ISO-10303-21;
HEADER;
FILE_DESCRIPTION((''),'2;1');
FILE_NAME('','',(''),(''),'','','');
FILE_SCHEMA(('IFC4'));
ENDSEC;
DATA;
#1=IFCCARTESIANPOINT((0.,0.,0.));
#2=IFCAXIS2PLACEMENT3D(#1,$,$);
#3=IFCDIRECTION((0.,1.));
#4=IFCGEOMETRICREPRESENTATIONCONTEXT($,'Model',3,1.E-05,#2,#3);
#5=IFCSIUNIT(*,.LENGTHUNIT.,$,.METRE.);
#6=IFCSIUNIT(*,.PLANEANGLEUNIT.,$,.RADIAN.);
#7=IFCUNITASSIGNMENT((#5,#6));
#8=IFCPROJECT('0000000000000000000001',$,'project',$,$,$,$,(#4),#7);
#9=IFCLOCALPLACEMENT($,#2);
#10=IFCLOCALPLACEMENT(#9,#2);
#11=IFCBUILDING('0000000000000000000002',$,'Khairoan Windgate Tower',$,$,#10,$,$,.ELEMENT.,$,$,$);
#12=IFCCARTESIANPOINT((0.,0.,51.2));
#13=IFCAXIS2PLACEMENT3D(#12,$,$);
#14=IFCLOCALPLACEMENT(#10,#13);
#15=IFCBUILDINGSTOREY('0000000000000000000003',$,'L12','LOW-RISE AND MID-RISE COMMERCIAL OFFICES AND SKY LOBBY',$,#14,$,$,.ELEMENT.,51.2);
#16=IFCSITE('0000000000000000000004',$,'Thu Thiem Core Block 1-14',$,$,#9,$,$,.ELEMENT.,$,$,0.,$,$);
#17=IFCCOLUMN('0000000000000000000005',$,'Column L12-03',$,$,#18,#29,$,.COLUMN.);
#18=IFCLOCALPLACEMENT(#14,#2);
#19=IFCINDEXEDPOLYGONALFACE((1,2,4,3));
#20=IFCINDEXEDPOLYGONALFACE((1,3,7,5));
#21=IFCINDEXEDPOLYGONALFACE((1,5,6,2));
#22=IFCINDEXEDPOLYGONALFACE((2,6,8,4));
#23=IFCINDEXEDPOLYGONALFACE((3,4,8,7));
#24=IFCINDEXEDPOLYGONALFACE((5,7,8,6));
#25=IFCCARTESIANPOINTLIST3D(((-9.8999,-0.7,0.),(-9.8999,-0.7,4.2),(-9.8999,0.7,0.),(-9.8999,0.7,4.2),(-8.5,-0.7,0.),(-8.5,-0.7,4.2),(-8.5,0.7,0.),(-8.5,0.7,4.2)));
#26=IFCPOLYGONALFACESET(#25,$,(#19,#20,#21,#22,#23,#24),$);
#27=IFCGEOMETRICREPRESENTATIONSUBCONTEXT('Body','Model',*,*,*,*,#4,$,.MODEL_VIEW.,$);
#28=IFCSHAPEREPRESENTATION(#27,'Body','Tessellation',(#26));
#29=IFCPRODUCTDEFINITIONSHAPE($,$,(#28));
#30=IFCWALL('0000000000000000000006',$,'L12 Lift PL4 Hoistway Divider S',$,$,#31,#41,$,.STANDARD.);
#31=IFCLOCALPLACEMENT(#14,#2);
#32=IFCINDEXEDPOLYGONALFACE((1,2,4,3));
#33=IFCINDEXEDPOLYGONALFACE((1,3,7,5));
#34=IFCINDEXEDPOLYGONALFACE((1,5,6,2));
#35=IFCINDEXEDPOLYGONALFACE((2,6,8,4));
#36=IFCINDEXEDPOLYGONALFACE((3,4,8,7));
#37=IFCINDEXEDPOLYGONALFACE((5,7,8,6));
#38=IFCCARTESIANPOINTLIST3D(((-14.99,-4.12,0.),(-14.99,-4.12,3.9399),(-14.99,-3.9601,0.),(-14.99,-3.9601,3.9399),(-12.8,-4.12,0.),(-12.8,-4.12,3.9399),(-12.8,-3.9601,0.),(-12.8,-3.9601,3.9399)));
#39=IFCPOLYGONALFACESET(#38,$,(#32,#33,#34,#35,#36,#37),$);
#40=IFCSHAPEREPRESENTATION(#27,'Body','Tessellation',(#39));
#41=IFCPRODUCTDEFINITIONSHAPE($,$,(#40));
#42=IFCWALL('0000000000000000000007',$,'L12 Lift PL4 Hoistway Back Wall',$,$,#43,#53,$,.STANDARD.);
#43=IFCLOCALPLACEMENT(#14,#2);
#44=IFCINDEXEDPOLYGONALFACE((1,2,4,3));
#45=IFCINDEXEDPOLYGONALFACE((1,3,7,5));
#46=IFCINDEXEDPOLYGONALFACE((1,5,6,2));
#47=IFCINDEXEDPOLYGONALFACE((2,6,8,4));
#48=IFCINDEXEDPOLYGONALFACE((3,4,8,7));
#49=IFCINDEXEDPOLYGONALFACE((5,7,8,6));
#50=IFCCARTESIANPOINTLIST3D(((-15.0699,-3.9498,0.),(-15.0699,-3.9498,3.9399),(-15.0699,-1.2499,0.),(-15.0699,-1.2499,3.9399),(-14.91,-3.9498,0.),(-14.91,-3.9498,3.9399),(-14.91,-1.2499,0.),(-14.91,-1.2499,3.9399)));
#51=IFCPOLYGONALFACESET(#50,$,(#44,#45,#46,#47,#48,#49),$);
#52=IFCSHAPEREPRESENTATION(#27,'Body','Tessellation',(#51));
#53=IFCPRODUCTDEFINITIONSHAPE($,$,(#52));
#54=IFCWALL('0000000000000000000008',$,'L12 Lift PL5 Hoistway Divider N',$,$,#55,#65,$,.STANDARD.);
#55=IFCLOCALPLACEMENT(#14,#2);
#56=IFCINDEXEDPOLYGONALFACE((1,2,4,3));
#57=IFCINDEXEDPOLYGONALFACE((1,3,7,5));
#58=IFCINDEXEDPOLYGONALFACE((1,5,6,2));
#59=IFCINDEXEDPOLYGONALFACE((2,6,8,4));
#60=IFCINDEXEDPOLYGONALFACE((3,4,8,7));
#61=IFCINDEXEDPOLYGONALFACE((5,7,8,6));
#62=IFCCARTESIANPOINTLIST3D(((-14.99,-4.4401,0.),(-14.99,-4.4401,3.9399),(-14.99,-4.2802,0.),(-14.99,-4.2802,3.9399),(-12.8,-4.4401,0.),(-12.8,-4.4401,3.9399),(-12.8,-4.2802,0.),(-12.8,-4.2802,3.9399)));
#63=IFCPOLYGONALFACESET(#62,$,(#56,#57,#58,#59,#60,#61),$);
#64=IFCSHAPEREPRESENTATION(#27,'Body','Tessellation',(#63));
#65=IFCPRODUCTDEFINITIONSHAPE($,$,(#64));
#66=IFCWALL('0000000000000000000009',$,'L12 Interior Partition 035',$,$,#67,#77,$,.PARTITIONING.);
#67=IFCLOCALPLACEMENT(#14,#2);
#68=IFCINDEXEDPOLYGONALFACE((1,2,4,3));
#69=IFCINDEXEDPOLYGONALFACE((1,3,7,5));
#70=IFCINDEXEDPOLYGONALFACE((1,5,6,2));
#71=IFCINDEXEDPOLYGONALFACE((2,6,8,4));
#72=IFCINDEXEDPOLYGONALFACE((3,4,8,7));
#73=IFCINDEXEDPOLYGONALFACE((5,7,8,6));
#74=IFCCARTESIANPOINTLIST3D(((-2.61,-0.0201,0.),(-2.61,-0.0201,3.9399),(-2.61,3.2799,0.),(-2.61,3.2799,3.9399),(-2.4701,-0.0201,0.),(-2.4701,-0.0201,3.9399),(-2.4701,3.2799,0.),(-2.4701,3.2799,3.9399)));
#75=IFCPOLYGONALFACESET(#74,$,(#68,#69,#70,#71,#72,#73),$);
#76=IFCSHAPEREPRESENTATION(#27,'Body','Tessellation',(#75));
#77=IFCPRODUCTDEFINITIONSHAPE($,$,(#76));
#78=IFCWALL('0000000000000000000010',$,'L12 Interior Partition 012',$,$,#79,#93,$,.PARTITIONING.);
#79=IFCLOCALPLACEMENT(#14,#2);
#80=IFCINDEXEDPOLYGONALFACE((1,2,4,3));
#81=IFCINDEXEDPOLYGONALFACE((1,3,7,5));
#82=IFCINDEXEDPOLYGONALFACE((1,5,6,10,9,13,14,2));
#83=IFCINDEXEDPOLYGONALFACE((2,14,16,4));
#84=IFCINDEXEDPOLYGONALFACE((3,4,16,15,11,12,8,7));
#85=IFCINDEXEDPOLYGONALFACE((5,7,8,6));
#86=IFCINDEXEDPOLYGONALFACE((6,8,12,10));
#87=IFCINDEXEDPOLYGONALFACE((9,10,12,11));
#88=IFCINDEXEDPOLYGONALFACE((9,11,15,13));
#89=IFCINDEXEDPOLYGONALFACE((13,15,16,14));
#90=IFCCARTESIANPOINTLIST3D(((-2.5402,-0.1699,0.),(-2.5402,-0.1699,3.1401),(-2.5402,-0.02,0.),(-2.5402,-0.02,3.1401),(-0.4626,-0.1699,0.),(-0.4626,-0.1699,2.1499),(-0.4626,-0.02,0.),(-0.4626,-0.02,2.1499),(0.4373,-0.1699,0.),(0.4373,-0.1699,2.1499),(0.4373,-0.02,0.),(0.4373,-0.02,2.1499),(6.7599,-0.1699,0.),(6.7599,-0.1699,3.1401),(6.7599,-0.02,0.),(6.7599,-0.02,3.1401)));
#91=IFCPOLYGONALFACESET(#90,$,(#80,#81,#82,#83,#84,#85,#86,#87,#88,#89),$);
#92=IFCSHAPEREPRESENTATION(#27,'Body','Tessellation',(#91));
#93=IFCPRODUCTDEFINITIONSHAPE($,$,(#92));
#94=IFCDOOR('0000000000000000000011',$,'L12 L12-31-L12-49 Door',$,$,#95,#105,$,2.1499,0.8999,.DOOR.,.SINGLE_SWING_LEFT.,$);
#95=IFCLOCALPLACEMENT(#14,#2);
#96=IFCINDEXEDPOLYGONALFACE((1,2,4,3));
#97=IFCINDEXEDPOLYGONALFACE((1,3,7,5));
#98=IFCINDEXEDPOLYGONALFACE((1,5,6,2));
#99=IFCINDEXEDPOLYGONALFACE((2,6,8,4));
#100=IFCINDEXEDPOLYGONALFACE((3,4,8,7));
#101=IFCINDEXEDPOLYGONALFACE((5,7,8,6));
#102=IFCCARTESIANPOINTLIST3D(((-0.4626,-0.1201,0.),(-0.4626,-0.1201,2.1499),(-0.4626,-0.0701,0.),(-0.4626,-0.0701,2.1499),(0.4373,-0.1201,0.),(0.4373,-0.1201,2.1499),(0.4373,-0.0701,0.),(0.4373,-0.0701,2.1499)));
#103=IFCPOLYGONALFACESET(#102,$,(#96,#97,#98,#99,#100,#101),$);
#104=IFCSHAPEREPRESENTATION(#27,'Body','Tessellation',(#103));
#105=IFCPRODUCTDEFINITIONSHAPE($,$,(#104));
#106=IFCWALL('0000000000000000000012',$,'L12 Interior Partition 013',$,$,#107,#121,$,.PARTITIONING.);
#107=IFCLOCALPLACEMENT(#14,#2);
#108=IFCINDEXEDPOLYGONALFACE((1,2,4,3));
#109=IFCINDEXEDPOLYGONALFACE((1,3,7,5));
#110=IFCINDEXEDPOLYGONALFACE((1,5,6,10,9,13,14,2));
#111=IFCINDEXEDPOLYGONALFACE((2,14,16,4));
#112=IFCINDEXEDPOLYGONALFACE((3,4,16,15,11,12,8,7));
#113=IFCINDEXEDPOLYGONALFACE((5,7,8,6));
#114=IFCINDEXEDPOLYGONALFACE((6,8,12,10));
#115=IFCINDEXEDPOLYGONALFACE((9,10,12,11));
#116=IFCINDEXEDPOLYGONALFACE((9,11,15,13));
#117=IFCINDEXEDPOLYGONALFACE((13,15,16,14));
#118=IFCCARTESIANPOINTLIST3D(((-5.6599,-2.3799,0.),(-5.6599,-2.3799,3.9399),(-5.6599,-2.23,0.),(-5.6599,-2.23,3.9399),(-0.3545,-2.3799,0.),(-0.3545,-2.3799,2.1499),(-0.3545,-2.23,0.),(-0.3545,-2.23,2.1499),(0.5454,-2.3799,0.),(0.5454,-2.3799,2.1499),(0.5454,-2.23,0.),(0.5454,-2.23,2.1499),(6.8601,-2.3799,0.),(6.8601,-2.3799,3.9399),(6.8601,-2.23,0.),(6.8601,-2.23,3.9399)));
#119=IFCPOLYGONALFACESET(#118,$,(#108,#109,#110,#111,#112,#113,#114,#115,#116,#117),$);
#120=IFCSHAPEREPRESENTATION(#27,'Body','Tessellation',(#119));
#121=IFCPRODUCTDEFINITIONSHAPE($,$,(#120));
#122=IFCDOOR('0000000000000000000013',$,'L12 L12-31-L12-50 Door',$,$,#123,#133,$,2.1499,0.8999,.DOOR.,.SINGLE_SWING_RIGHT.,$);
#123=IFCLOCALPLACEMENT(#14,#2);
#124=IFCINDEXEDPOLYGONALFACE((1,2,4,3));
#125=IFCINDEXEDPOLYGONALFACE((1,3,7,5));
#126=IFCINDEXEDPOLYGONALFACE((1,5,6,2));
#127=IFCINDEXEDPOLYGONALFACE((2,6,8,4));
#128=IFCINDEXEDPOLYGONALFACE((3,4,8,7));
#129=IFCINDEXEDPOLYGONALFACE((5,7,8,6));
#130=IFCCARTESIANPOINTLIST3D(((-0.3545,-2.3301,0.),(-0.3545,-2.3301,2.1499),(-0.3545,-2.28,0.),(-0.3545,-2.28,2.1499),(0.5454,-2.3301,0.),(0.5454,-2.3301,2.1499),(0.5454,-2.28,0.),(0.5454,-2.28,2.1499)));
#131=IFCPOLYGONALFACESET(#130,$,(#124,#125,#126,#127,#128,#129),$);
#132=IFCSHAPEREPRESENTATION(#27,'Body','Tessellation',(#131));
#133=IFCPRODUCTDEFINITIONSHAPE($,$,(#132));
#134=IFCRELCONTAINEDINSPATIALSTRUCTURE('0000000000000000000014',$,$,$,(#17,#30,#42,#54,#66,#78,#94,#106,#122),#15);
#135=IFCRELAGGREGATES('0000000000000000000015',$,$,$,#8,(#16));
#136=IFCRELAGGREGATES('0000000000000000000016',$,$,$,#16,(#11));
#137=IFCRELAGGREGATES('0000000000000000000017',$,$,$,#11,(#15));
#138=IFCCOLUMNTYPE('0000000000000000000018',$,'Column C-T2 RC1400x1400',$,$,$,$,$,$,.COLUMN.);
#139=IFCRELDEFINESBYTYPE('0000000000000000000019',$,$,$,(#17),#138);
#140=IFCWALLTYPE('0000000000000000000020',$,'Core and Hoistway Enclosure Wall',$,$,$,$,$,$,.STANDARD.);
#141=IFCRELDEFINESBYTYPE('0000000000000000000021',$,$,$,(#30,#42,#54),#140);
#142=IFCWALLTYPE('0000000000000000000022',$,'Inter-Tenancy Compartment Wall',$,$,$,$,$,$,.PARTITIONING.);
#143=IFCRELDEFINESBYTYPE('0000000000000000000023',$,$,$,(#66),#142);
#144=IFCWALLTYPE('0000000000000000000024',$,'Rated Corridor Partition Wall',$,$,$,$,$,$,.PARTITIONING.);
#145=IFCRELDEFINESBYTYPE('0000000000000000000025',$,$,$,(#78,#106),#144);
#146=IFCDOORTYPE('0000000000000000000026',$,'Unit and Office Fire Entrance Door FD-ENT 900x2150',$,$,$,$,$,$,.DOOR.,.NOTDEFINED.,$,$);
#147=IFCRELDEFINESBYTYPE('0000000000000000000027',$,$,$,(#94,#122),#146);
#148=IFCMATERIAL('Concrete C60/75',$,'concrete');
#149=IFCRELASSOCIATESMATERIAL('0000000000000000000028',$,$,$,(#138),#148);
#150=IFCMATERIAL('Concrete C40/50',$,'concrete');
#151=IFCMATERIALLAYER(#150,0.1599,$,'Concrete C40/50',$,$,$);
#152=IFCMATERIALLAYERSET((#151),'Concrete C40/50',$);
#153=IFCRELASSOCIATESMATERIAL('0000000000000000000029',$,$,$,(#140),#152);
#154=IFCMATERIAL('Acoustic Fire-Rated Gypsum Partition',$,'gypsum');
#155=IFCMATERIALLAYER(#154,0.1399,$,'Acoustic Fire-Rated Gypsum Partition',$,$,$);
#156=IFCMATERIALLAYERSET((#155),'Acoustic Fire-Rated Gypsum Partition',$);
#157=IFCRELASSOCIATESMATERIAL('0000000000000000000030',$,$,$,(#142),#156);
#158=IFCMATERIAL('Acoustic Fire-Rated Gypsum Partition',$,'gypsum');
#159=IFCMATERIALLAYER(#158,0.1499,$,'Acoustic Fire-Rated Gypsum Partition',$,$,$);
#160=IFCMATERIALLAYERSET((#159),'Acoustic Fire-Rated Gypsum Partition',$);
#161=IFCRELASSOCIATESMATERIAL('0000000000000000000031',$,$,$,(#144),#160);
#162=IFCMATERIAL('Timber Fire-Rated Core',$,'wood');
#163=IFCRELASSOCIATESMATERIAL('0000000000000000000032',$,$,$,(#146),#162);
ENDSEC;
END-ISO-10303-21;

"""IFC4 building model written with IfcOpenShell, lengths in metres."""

from ifc_helpers import new_model, si_unit, direction, frame, frame_2d, origin, origin_2d, place, context, subcontext, project, spatial, rectangle, extrude, material, layer, layer_set, material_profile, profile_set, type_object, element, fill, save


model = new_model("IFC4")

# Units and contexts
model_context = context("Model", 3, precision=1e-05, world=origin(), true_north=direction((0.0, 1.0)))
body_context = subcontext(model_context, "Body", "Model", "MODEL_VIEW")
ifc_project = project(units=[si_unit("LENGTHUNIT", "METRE"), si_unit("PLANEANGLEUNIT", "RADIAN")], contexts=[model_context])

# Site, building, storey
site_placement = place(None, origin())
site = spatial("IfcSite", under=ifc_project, at=site_placement, Name="Thu Thiem Core Block 1-14", CompositionType="ELEMENT", RefElevation=0.0)
building_placement = place(site_placement, origin())
building = spatial("IfcBuilding", under=site, at=building_placement, Name="Khairoan Windgate Tower", CompositionType="ELEMENT")
storey_placement = place(building_placement, frame((0.0, 0.0, 51.2)))
storey = spatial("IfcBuildingStorey", under=building, at=storey_placement, Name="L12", Description="LOW-RISE AND MID-RISE COMMERCIAL OFFICES AND SKY LOBBY", CompositionType="ELEMENT", Elevation=51.2)

# Column
ifc_material_1 = material(Name="Concrete C60/75", Category="concrete")
ifc_material_profile = material_profile(ifc_material_1, rectangle(XDim=1.3999, YDim=1.3999, at=origin_2d()))
ifc_profile_set = profile_set([ifc_material_profile], Name="Concrete C60/75")
column_type = type_object("IfcColumnType", Name="Column C-T2 RC1400x1400", PredefinedType="COLUMN", material=ifc_profile_set)
column_placement = place(storey_placement, frame((-9.2, 0.0, 0.0), z_axis=(0.0, 0.0, 1.0), x_axis=(1.0, 0.0, 0.0)))
element("IfcColumn", 1, at=column_placement, inside=storey, type_object=column_type, Name="Column L12-03", PredefinedType="COLUMN", context=body_context, shape_type="SweptSolid", body=[
    extrude(rectangle(XDim=1.3999, YDim=1.3999, at=origin_2d()), origin(), (0.0, 0.0, 1.0), 4.2),
])

# Walls
ifc_material_2 = material(Name="Concrete C40/50", Category="concrete")
ifc_layer_1 = layer(ifc_material_2, 0.1599, Name="Concrete C40/50")
ifc_layer_set_1 = layer_set([ifc_layer_1], Name="Concrete C40/50")
wall_type_1 = type_object("IfcWallType", Name="Core and Hoistway Enclosure Wall", PredefinedType="STANDARD", material=ifc_layer_set_1)
wall_1_placement = place(storey_placement, frame((-14.99, -4.04, 0.0), z_axis=(0.0, 0.0, 1.0), x_axis=(1.0, 0.0, 0.0)))
element("IfcWall", 2, at=wall_1_placement, inside=storey, type_object=wall_type_1, Name="L12 Lift PL4 Hoistway Divider S", PredefinedType="STANDARD", context=body_context, shape_type="SweptSolid", body=[
    extrude(rectangle(XDim=2.1899, YDim=0.1599, at=frame_2d((1.095, 0.0))), origin(), (0.0, 0.0, 1.0), 3.9399),
])
wall_2_placement = place(storey_placement, frame((-14.99, -3.95, 0.0), z_axis=(0.0, 0.0, 1.0), x_axis=(0.0, 1.0, 0.0)))
element("IfcWall", 3, at=wall_2_placement, inside=storey, type_object=wall_type_1, Name="L12 Lift PL4 Hoistway Back Wall", PredefinedType="STANDARD", context=body_context, shape_type="SweptSolid", body=[
    extrude(rectangle(XDim=2.7, YDim=0.1599, at=frame_2d((1.3501, 0.0))), origin(), (0.0, 0.0, 1.0), 3.9399),
])
wall_3_placement = place(storey_placement, frame((-14.99, -4.3601, 0.0), z_axis=(0.0, 0.0, 1.0), x_axis=(1.0, 0.0, 0.0)))
element("IfcWall", 4, at=wall_3_placement, inside=storey, type_object=wall_type_1, Name="L12 Lift PL5 Hoistway Divider N", PredefinedType="STANDARD", context=body_context, shape_type="SweptSolid", body=[
    extrude(rectangle(XDim=2.1899, YDim=0.1599, at=frame_2d((1.095, 0.0))), origin(), (0.0, 0.0, 1.0), 3.9399),
])
ifc_material_3 = material(Name="Acoustic Fire-Rated Gypsum Partition", Category="gypsum")
ifc_layer_2 = layer(ifc_material_3, 0.1399, Name="Acoustic Fire-Rated Gypsum Partition")
ifc_layer_set_2 = layer_set([ifc_layer_2], Name="Acoustic Fire-Rated Gypsum Partition")
wall_type_2 = type_object("IfcWallType", Name="Inter-Tenancy Compartment Wall", PredefinedType="PARTITIONING", material=ifc_layer_set_2)
wall_4_placement = place(storey_placement, frame((-2.54, -0.02, 0.0), z_axis=(0.0, 0.0, 1.0), x_axis=(0.0, 1.0, 0.0)))
element("IfcWall", 5, at=wall_4_placement, inside=storey, type_object=wall_type_2, Name="L12 Interior Partition 035", PredefinedType="PARTITIONING", context=body_context, shape_type="SweptSolid", body=[
    extrude(rectangle(XDim=3.3, YDim=0.1399, at=frame_2d((1.6499, 0.0))), origin(), (0.0, 0.0, 1.0), 3.9399),
])

# Walls, openings, doors
ifc_material_4 = material(Name="Acoustic Fire-Rated Gypsum Partition", Category="gypsum")
ifc_layer_3 = layer(ifc_material_4, 0.1499, Name="Acoustic Fire-Rated Gypsum Partition")
ifc_layer_set_3 = layer_set([ifc_layer_3], Name="Acoustic Fire-Rated Gypsum Partition")
wall_type_3 = type_object("IfcWallType", Name="Rated Corridor Partition Wall", PredefinedType="PARTITIONING", material=ifc_layer_set_3)
ifc_material_5 = material(Name="Timber Fire-Rated Core", Category="wood")
door_type = type_object("IfcDoorType", Name="Unit and Office Fire Entrance Door FD-ENT 900x2150", OperationType="NOTDEFINED", PredefinedType="DOOR", material=ifc_material_5)
wall_5_placement = place(storey_placement, frame((-2.54, -0.095, 0.0), z_axis=(0.0, 0.0, 1.0), x_axis=(1.0, 0.0, 0.0)))
wall_5 = element("IfcWall", 6, at=wall_5_placement, inside=storey, type_object=wall_type_3, Name="L12 Interior Partition 012", PredefinedType="PARTITIONING", context=body_context, shape_type="SweptSolid", body=[
    extrude(rectangle(XDim=9.3, YDim=0.1499, at=frame_2d((4.6499, 0.0))), origin(), (0.0, 0.0, 1.0), 3.1401),
])
opening_1_placement = place(wall_5_placement, frame((2.0774, 0.0, 0.0)))
opening_1 = element("IfcOpeningElement", 7, at=opening_1_placement, cuts=wall_5, PredefinedType="OPENING", context=body_context, shape_type="SweptSolid", body=[
    extrude(rectangle(XDim=0.8999, YDim=2.1499, at=frame_2d((0.45, 1.075))), frame((0.0, 0.085, 0.0), z_axis=(0.0, -1.0, 0.0), x_axis=(1.0, 0.0, 0.0)), (0.0, 0.0, 1.0), 0.1699),
])
door_1_placement = place(opening_1_placement, origin())
door_1 = element("IfcDoor", 8, at=door_1_placement, inside=storey, type_object=door_type, Name="L12 L12-31-L12-49 Door", OperationType="SINGLE_SWING_LEFT", OverallHeight=2.1499, OverallWidth=0.8999, PredefinedType="DOOR", context=body_context, shape_type="SweptSolid", body=[
    extrude(rectangle(XDim=0.8999, YDim=2.1499, at=frame_2d((0.45, 1.075))), frame((0.0, 0.0249, 0.0), z_axis=(0.0, -1.0, 0.0), x_axis=(1.0, 0.0, 0.0)), (0.0, 0.0, 1.0), 0.05),
])
fill(opening_1, door_1)
wall_6_placement = place(storey_placement, frame((-5.6599, -2.3049, 0.0), z_axis=(0.0, 0.0, 1.0), x_axis=(1.0, 0.0, 0.0)))
wall_6 = element("IfcWall", 9, at=wall_6_placement, inside=storey, type_object=wall_type_3, Name="L12 Interior Partition 013", PredefinedType="PARTITIONING", context=body_context, shape_type="SweptSolid", body=[
    extrude(rectangle(XDim=12.52, YDim=0.1499, at=frame_2d((6.26, 0.0))), origin(), (0.0, 0.0, 1.0), 3.9399),
])
opening_2_placement = place(wall_6_placement, frame((5.3054, 0.0, 0.0)))
opening_2 = element("IfcOpeningElement", 10, at=opening_2_placement, cuts=wall_6, PredefinedType="OPENING", context=body_context, shape_type="SweptSolid", body=[
    extrude(rectangle(XDim=0.8999, YDim=2.1499, at=frame_2d((0.45, 1.075))), frame((0.0, 0.085, 0.0), z_axis=(0.0, -1.0, 0.0), x_axis=(1.0, 0.0, 0.0)), (0.0, 0.0, 1.0), 0.1699),
])
door_2_placement = place(opening_2_placement, origin())
door_2 = element("IfcDoor", 11, at=door_2_placement, inside=storey, type_object=door_type, Name="L12 L12-31-L12-50 Door", OperationType="SINGLE_SWING_RIGHT", OverallHeight=2.1499, OverallWidth=0.8999, PredefinedType="DOOR", context=body_context, shape_type="SweptSolid", body=[
    extrude(rectangle(XDim=0.8999, YDim=2.1499, at=frame_2d((0.45, 1.075))), frame((0.0, 0.0249, 0.0), z_axis=(0.0, -1.0, 0.0), x_axis=(1.0, 0.0, 0.0)), (0.0, 0.0, 1.0), 0.05),
])
fill(opening_2, door_2)

save(model, "model.ifc")
